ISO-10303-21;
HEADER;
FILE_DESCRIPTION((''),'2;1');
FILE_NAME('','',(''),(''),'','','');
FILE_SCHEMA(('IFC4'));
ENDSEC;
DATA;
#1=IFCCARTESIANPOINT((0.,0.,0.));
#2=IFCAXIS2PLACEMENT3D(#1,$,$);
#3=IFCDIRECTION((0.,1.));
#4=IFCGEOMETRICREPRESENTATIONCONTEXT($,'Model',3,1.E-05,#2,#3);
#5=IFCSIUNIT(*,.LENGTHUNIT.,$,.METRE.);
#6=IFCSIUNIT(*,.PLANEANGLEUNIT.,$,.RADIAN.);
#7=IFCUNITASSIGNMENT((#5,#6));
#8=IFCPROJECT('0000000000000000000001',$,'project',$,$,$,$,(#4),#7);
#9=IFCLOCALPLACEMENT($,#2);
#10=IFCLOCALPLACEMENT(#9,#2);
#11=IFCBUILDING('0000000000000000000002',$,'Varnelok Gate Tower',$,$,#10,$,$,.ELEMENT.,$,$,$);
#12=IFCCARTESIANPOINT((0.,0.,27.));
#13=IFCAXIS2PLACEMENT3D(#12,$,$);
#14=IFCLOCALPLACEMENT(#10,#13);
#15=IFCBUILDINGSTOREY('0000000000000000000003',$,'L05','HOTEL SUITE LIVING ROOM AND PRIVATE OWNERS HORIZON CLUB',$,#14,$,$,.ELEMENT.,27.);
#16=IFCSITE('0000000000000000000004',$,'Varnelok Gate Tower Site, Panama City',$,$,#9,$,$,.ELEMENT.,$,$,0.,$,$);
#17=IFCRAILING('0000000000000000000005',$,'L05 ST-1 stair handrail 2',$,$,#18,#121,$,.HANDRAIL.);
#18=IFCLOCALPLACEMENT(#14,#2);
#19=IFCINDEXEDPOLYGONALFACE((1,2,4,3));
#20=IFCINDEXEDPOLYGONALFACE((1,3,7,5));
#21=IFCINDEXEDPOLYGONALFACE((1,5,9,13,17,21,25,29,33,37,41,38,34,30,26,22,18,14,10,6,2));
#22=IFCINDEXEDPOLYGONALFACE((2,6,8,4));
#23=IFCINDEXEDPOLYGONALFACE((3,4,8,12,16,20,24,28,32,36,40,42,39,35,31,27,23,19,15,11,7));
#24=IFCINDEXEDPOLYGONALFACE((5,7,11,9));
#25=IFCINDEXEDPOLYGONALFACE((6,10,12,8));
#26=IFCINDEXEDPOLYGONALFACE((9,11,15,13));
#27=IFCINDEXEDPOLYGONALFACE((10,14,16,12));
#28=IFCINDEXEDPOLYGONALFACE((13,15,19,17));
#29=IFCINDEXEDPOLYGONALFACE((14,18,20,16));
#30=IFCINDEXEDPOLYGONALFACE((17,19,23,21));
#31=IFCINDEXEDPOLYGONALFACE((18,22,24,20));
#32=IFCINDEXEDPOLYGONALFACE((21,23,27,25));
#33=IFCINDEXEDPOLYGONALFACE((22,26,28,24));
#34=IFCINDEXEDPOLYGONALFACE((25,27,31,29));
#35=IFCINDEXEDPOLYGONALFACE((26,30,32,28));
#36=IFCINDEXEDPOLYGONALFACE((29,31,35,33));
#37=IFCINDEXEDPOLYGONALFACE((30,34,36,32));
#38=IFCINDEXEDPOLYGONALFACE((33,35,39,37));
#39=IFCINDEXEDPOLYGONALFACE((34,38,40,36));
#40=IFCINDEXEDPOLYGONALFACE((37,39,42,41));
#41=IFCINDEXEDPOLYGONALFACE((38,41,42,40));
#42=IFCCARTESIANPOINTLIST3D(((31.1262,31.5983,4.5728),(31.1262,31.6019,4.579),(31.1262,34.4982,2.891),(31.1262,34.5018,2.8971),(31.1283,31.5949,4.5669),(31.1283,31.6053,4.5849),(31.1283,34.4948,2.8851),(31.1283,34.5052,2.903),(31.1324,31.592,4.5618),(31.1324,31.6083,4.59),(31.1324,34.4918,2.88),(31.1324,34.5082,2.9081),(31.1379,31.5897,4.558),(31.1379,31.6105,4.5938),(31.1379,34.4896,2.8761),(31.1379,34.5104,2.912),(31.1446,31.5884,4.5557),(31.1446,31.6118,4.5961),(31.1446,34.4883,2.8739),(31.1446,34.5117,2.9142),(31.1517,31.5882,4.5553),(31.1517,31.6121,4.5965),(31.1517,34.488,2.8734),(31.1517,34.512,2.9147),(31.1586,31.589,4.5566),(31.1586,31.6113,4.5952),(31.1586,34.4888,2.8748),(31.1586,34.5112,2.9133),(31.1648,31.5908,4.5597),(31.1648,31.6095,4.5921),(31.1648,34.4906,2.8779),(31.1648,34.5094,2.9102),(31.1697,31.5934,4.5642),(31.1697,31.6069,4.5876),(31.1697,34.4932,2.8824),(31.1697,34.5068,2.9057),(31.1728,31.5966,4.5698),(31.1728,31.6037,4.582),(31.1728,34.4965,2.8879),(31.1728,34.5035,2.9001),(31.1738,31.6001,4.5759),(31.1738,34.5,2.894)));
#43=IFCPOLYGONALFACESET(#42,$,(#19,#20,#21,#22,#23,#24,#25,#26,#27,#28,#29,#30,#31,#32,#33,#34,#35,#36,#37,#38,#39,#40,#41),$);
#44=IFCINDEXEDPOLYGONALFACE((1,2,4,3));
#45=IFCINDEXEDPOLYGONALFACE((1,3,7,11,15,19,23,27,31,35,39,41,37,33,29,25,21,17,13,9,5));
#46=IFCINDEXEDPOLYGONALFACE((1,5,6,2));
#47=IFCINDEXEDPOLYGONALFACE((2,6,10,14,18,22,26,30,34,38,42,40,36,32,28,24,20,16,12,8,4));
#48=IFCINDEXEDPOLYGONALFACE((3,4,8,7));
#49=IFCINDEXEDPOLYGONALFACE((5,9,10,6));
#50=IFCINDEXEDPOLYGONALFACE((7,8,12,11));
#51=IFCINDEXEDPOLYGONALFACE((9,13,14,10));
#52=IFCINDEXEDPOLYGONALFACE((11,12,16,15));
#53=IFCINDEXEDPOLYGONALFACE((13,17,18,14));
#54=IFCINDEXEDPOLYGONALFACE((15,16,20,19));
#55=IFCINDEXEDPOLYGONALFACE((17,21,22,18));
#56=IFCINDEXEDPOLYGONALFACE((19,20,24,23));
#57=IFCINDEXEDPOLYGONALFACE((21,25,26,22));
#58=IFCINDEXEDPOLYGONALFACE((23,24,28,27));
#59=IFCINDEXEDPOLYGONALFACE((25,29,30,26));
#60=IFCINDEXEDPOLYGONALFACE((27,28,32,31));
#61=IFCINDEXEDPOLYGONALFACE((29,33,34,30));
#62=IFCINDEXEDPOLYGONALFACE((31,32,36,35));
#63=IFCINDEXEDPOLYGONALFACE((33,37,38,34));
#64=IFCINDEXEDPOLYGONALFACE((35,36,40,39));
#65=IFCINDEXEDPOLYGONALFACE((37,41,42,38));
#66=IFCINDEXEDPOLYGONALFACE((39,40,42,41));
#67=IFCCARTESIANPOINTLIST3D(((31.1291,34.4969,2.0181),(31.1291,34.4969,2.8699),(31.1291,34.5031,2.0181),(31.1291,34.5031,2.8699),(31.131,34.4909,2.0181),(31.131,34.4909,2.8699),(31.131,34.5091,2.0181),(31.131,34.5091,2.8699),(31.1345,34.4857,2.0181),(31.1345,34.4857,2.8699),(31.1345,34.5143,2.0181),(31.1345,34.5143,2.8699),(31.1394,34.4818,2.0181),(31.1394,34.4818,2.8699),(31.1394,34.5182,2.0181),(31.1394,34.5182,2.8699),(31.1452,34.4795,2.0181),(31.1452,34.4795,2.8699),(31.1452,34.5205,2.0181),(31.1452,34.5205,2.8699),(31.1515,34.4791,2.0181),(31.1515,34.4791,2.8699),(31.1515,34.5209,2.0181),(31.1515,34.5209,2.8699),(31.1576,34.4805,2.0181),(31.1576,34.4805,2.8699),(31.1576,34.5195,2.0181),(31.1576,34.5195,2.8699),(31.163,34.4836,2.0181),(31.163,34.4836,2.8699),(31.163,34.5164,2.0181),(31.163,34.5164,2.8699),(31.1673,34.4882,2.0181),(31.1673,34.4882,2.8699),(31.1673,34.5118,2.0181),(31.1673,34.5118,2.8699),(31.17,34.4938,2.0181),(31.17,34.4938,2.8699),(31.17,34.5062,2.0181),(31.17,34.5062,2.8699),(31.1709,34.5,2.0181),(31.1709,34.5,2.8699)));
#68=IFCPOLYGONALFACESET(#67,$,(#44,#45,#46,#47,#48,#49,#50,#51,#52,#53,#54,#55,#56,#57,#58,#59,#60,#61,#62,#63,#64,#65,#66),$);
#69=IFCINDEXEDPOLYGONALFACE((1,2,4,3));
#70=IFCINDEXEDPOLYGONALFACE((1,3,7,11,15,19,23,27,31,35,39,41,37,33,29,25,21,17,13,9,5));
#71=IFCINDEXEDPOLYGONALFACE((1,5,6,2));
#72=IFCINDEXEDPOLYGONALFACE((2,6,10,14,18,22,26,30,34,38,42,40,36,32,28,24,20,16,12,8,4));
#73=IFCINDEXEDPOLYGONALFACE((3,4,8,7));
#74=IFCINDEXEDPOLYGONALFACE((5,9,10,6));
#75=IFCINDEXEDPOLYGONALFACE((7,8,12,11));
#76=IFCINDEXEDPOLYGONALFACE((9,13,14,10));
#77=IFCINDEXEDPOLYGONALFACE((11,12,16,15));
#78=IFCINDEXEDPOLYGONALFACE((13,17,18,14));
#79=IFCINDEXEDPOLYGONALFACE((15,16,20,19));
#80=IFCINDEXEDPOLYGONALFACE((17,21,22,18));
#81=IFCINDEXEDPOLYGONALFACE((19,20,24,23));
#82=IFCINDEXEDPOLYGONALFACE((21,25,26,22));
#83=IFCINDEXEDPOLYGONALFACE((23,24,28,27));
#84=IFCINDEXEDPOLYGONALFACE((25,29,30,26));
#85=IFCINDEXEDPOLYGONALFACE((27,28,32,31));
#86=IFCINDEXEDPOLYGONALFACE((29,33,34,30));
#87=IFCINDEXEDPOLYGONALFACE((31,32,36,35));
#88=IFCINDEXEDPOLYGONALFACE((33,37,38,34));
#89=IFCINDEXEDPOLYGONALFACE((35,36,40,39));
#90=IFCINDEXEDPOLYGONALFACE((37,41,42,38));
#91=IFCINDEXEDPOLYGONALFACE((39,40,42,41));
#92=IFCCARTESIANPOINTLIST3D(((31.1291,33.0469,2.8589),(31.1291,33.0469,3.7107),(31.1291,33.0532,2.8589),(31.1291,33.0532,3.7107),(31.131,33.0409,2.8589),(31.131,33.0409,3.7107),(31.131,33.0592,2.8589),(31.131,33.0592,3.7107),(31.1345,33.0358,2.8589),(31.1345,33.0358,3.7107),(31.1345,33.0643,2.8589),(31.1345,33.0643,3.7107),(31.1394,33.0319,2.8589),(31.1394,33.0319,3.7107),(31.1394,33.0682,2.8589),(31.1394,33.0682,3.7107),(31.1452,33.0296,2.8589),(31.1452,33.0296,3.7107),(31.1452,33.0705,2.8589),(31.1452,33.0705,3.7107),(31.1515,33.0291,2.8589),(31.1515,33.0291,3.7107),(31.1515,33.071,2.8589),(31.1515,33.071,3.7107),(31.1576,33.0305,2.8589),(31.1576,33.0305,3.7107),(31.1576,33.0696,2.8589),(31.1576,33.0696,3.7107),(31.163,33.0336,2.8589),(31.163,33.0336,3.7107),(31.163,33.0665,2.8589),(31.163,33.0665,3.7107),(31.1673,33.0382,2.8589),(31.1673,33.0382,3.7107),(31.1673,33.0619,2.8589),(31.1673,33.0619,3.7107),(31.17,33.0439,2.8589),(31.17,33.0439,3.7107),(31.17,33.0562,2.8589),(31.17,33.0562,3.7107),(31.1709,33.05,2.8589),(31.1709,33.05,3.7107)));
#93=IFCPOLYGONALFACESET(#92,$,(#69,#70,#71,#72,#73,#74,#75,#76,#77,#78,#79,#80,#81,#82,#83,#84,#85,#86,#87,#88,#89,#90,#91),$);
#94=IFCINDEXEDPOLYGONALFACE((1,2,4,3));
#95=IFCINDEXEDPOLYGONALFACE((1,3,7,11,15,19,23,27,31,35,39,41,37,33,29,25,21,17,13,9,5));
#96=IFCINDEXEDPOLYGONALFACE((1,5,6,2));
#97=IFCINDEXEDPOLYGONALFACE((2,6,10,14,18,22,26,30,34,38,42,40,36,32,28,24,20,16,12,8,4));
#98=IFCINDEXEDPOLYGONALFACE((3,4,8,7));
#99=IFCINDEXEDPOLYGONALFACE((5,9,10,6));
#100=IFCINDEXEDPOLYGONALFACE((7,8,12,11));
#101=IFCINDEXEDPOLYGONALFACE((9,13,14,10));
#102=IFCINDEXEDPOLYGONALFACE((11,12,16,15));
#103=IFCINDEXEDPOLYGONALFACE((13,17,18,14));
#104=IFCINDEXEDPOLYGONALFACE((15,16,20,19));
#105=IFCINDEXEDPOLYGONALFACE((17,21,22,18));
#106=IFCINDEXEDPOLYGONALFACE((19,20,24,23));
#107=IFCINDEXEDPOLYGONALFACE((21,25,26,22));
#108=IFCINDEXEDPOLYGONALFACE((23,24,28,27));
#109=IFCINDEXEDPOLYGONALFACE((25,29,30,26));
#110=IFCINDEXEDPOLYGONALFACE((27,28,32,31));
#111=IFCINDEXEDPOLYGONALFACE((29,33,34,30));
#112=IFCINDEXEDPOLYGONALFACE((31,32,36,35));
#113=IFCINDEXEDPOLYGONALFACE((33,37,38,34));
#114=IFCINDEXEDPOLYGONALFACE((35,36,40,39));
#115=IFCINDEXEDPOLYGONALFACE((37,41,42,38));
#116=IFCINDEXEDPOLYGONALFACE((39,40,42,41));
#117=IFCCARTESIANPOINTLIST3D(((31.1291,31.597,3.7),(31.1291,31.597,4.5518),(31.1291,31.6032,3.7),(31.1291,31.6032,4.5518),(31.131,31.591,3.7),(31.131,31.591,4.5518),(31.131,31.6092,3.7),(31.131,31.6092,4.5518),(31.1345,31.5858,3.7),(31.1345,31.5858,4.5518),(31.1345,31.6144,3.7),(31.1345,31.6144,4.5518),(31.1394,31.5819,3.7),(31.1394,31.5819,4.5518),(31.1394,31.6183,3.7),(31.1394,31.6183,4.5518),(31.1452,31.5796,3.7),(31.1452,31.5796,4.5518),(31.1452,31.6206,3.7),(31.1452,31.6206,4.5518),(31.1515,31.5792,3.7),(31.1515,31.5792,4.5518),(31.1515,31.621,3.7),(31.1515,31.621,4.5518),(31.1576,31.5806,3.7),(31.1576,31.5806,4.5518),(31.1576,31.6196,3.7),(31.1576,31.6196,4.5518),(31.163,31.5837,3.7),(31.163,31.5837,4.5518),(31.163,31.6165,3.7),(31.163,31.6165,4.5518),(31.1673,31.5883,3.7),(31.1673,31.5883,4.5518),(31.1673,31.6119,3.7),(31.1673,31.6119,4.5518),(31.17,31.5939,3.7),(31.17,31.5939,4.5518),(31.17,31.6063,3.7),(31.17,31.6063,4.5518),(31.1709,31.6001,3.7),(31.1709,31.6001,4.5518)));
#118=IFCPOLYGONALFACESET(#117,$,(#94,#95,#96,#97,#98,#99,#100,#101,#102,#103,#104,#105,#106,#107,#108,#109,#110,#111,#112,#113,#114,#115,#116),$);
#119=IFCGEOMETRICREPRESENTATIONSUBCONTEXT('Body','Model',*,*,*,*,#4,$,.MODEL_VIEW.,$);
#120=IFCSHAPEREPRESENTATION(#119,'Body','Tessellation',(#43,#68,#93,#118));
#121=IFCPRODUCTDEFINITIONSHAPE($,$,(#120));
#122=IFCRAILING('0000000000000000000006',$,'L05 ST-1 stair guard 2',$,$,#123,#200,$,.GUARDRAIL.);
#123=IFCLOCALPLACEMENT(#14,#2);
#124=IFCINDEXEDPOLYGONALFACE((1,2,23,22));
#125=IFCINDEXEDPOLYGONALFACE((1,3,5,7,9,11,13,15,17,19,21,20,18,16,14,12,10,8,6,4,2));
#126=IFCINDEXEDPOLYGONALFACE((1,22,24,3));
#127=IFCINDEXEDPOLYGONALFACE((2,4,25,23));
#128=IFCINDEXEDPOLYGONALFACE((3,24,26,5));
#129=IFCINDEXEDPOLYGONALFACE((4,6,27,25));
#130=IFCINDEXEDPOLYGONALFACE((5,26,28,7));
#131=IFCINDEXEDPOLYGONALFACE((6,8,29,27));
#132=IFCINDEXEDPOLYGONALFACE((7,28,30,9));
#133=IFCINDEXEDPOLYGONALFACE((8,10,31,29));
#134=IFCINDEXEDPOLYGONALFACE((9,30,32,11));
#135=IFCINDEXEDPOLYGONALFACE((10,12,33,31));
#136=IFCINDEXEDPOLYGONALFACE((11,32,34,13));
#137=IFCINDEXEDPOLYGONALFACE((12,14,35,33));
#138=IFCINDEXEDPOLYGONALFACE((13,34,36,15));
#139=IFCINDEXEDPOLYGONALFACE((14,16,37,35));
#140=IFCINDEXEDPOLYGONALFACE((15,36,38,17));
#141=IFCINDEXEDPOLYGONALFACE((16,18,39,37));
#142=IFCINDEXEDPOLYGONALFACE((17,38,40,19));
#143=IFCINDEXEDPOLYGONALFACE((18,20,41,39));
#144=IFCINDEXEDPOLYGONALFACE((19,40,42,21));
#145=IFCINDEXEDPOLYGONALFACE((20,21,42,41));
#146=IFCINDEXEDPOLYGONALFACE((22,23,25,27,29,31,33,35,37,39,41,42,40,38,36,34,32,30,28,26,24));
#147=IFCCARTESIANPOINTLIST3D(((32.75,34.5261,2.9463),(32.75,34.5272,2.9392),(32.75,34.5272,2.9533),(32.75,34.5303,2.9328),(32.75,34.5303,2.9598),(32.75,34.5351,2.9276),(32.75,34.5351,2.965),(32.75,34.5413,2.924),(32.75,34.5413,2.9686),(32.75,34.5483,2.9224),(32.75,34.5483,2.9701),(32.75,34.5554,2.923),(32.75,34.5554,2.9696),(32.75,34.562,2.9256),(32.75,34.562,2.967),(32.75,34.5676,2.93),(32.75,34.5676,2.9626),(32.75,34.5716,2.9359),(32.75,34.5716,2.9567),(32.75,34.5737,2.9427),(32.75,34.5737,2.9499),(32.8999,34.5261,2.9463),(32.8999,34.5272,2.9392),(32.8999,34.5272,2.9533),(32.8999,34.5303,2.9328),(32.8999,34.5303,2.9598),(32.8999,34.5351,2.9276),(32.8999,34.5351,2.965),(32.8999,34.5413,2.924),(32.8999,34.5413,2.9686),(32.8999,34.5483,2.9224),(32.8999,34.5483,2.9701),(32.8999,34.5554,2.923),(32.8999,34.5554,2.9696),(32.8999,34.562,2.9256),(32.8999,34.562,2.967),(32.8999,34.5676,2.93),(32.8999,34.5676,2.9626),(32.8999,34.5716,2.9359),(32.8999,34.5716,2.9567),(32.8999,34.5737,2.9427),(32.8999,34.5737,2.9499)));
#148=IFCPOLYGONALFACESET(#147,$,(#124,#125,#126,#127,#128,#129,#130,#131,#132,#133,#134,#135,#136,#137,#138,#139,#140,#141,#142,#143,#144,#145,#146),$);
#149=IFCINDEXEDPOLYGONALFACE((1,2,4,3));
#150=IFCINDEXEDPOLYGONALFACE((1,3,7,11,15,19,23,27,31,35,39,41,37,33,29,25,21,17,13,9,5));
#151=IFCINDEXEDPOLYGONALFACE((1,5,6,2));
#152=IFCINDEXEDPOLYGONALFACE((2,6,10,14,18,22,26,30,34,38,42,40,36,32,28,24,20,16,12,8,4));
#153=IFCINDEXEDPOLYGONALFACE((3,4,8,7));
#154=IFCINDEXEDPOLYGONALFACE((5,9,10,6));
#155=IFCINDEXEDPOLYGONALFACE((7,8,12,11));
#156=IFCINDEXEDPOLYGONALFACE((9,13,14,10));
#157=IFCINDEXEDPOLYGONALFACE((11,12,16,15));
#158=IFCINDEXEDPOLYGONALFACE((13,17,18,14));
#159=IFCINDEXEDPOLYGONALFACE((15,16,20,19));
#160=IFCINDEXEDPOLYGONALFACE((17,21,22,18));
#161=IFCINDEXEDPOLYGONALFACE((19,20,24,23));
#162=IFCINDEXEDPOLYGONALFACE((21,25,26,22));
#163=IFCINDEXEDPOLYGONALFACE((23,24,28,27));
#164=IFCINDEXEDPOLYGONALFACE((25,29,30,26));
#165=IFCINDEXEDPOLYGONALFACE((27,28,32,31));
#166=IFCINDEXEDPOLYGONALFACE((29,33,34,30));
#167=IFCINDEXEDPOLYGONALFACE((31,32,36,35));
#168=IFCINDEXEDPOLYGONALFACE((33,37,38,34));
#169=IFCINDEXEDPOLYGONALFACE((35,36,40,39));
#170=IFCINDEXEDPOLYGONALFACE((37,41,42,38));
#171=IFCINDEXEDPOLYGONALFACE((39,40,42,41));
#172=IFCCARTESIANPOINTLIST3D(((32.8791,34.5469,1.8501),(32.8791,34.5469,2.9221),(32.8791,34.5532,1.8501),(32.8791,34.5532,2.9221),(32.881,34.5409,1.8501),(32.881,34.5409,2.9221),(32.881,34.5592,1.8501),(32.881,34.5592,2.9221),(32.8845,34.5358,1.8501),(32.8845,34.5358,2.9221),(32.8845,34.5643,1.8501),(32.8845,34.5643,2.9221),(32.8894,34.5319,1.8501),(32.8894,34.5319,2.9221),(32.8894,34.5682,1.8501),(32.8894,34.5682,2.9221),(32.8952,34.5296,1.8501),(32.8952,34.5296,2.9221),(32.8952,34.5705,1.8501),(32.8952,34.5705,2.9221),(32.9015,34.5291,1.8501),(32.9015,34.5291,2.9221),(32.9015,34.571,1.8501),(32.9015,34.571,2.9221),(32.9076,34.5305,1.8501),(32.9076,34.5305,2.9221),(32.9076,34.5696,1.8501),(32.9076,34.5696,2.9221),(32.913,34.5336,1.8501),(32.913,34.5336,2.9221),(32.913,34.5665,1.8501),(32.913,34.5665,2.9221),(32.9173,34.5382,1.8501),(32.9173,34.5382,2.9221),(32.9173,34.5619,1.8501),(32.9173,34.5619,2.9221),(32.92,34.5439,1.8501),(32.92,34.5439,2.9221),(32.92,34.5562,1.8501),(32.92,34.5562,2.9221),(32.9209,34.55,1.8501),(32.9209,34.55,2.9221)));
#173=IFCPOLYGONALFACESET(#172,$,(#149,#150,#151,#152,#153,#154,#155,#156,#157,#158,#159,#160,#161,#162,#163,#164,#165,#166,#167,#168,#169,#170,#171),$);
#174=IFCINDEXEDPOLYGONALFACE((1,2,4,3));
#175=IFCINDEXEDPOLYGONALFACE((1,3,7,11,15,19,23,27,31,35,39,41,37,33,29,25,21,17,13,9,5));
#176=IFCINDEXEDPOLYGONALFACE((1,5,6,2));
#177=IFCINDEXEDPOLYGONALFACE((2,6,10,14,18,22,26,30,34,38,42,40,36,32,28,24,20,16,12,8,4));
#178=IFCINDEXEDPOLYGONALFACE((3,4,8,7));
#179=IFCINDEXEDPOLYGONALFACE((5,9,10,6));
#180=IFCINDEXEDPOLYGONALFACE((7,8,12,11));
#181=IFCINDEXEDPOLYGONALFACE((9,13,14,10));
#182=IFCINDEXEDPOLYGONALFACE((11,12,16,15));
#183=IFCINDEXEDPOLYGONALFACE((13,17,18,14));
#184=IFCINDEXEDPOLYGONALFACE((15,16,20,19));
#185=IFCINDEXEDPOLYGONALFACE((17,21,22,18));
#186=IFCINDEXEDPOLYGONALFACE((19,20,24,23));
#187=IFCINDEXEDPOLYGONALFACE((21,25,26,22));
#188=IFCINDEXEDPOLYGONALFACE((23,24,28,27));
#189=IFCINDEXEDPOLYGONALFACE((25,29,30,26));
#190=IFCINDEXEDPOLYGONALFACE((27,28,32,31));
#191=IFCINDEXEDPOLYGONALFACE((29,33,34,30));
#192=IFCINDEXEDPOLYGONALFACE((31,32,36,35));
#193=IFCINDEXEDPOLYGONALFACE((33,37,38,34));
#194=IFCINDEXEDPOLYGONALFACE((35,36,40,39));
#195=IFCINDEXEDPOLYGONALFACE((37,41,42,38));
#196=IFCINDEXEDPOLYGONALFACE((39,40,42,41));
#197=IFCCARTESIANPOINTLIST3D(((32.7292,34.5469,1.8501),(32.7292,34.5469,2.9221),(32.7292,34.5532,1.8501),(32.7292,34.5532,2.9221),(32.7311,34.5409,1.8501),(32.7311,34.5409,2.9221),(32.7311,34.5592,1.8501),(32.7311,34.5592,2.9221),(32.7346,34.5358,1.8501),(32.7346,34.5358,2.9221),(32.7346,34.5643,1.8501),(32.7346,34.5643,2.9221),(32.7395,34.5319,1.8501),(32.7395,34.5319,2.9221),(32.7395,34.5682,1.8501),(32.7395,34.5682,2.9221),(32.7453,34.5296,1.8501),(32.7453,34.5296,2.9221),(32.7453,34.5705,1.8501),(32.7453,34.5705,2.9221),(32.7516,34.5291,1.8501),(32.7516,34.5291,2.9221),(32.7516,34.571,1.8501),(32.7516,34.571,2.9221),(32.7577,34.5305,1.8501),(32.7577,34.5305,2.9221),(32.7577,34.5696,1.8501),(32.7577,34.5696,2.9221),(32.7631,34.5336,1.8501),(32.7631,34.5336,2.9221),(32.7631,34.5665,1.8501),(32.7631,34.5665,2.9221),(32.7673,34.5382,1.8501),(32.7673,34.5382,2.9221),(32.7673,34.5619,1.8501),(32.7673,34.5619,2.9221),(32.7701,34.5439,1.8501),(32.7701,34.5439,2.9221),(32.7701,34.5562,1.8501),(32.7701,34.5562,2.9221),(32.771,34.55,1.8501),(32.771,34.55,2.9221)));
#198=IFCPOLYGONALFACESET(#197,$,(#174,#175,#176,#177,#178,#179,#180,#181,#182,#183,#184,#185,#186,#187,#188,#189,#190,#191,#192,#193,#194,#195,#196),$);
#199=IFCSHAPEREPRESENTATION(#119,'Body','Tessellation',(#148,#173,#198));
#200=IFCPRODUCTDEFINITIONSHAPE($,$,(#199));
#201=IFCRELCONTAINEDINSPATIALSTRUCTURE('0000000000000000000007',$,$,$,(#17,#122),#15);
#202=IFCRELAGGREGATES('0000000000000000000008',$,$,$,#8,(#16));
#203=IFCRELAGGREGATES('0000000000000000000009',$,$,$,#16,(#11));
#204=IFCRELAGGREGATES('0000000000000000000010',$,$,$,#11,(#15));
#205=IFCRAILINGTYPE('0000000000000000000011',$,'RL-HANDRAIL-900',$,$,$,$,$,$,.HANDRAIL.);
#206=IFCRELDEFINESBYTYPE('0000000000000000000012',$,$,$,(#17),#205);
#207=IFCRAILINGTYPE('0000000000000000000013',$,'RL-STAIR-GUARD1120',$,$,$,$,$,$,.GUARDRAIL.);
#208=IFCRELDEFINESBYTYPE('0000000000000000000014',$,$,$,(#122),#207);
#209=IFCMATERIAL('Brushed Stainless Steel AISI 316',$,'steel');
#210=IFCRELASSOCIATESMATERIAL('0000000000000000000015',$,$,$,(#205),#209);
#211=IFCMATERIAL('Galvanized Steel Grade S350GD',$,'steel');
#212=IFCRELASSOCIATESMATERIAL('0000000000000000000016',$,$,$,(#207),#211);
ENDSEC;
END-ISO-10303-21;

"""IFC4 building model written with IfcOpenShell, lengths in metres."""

from ifc_helpers import new_model, si_unit, direction, frame, origin, origin_2d, place, context, subcontext, project, spatial, circle, extrude, material, type_object, element, save


model = new_model("IFC4")

# Units and contexts
model_context = context("Model", 3, precision=1e-05, world=origin(), true_north=direction((0.0, 1.0)))
body_context = subcontext(model_context, "Body", "Model", "MODEL_VIEW")
ifc_project = project(units=[si_unit("LENGTHUNIT", "METRE"), si_unit("PLANEANGLEUNIT", "RADIAN")], contexts=[model_context])

# Site, building, storey
site_placement = place(None, origin())
site = spatial("IfcSite", under=ifc_project, at=site_placement, Name="Varnelok Gate Tower Site, Panama City", CompositionType="ELEMENT", RefElevation=0.0)
building_placement = place(site_placement, origin())
building = spatial("IfcBuilding", under=site, at=building_placement, Name="Varnelok Gate Tower", CompositionType="ELEMENT")
storey_placement = place(building_placement, frame((0.0, 0.0, 27.0)))
storey = spatial("IfcBuildingStorey", under=building, at=storey_placement, Name="L05", Description="HOTEL SUITE LIVING ROOM AND PRIVATE OWNERS HORIZON CLUB", CompositionType="ELEMENT", Elevation=27.0)

# Shared definitions
ifc_material_1 = material(Name="Galvanized Steel Grade S350GD", Category="steel")

# Railings
ifc_material_2 = material(Name="Brushed Stainless Steel AISI 316", Category="steel")
railing_type_1 = type_object("IfcRailingType", Name="RL-HANDRAIL-900", PredefinedType="HANDRAIL", material=ifc_material_2)
railing_1_placement = place(storey_placement, frame((31.1499, 34.5, 2.0181)))
element("IfcRailing", 1, at=railing_1_placement, inside=storey, type_object=railing_type_1, Name="L05 ST-1 stair handrail 2", PredefinedType="HANDRAIL", context=body_context, shape_type="SweptSolid", body=[
    extrude(circle(Radius=0.0239, at=origin_2d()), frame((0.0, 0.0, 0.876), z_axis=(0.0, -0.865039, 0.501705), x_axis=(1.0, 0.0, 0.0)), (0.0, 0.0, 1.0), 3.3523),
    extrude(circle(Radius=0.021, at=origin_2d()), origin(), (0.0, 0.0, 1.0), 0.8518),
    extrude(circle(Radius=0.021, at=origin_2d()), frame((0.0, -1.45, 0.8408)), (0.0, 0.0, 1.0), 0.8518),
    extrude(circle(Radius=0.021, at=origin_2d()), frame((0.0, -2.8999, 1.6819)), (0.0, 0.0, 1.0), 0.8518),
])
railing_type_2 = type_object("IfcRailingType", Name="RL-STAIR-GUARD1120", PredefinedType="GUARDRAIL", material=ifc_material_1)
railing_2_placement = place(storey_placement, frame((32.8999, 34.55, 1.8501)))
element("IfcRailing", 2, at=railing_2_placement, inside=storey, type_object=railing_type_2, Name="L05 ST-1 stair guard 2", PredefinedType="GUARDRAIL", context=body_context, shape_type="SweptSolid", body=[
    extrude(circle(Radius=0.0239, at=origin_2d()), frame((0.0, 0.0, 1.0962), z_axis=(-1.0, 0.0, 0.0), x_axis=(0.0, -1.0, 0.0)), (0.0, 0.0, 1.0), 0.1499),
    extrude(circle(Radius=0.021, at=origin_2d()), origin(), (0.0, 0.0, 1.0), 1.072),
    extrude(circle(Radius=0.021, at=origin_2d()), frame((-0.1499, 0.0, 0.0)), (0.0, 0.0, 1.0), 1.072),
])

save(model, "model.ifc")
